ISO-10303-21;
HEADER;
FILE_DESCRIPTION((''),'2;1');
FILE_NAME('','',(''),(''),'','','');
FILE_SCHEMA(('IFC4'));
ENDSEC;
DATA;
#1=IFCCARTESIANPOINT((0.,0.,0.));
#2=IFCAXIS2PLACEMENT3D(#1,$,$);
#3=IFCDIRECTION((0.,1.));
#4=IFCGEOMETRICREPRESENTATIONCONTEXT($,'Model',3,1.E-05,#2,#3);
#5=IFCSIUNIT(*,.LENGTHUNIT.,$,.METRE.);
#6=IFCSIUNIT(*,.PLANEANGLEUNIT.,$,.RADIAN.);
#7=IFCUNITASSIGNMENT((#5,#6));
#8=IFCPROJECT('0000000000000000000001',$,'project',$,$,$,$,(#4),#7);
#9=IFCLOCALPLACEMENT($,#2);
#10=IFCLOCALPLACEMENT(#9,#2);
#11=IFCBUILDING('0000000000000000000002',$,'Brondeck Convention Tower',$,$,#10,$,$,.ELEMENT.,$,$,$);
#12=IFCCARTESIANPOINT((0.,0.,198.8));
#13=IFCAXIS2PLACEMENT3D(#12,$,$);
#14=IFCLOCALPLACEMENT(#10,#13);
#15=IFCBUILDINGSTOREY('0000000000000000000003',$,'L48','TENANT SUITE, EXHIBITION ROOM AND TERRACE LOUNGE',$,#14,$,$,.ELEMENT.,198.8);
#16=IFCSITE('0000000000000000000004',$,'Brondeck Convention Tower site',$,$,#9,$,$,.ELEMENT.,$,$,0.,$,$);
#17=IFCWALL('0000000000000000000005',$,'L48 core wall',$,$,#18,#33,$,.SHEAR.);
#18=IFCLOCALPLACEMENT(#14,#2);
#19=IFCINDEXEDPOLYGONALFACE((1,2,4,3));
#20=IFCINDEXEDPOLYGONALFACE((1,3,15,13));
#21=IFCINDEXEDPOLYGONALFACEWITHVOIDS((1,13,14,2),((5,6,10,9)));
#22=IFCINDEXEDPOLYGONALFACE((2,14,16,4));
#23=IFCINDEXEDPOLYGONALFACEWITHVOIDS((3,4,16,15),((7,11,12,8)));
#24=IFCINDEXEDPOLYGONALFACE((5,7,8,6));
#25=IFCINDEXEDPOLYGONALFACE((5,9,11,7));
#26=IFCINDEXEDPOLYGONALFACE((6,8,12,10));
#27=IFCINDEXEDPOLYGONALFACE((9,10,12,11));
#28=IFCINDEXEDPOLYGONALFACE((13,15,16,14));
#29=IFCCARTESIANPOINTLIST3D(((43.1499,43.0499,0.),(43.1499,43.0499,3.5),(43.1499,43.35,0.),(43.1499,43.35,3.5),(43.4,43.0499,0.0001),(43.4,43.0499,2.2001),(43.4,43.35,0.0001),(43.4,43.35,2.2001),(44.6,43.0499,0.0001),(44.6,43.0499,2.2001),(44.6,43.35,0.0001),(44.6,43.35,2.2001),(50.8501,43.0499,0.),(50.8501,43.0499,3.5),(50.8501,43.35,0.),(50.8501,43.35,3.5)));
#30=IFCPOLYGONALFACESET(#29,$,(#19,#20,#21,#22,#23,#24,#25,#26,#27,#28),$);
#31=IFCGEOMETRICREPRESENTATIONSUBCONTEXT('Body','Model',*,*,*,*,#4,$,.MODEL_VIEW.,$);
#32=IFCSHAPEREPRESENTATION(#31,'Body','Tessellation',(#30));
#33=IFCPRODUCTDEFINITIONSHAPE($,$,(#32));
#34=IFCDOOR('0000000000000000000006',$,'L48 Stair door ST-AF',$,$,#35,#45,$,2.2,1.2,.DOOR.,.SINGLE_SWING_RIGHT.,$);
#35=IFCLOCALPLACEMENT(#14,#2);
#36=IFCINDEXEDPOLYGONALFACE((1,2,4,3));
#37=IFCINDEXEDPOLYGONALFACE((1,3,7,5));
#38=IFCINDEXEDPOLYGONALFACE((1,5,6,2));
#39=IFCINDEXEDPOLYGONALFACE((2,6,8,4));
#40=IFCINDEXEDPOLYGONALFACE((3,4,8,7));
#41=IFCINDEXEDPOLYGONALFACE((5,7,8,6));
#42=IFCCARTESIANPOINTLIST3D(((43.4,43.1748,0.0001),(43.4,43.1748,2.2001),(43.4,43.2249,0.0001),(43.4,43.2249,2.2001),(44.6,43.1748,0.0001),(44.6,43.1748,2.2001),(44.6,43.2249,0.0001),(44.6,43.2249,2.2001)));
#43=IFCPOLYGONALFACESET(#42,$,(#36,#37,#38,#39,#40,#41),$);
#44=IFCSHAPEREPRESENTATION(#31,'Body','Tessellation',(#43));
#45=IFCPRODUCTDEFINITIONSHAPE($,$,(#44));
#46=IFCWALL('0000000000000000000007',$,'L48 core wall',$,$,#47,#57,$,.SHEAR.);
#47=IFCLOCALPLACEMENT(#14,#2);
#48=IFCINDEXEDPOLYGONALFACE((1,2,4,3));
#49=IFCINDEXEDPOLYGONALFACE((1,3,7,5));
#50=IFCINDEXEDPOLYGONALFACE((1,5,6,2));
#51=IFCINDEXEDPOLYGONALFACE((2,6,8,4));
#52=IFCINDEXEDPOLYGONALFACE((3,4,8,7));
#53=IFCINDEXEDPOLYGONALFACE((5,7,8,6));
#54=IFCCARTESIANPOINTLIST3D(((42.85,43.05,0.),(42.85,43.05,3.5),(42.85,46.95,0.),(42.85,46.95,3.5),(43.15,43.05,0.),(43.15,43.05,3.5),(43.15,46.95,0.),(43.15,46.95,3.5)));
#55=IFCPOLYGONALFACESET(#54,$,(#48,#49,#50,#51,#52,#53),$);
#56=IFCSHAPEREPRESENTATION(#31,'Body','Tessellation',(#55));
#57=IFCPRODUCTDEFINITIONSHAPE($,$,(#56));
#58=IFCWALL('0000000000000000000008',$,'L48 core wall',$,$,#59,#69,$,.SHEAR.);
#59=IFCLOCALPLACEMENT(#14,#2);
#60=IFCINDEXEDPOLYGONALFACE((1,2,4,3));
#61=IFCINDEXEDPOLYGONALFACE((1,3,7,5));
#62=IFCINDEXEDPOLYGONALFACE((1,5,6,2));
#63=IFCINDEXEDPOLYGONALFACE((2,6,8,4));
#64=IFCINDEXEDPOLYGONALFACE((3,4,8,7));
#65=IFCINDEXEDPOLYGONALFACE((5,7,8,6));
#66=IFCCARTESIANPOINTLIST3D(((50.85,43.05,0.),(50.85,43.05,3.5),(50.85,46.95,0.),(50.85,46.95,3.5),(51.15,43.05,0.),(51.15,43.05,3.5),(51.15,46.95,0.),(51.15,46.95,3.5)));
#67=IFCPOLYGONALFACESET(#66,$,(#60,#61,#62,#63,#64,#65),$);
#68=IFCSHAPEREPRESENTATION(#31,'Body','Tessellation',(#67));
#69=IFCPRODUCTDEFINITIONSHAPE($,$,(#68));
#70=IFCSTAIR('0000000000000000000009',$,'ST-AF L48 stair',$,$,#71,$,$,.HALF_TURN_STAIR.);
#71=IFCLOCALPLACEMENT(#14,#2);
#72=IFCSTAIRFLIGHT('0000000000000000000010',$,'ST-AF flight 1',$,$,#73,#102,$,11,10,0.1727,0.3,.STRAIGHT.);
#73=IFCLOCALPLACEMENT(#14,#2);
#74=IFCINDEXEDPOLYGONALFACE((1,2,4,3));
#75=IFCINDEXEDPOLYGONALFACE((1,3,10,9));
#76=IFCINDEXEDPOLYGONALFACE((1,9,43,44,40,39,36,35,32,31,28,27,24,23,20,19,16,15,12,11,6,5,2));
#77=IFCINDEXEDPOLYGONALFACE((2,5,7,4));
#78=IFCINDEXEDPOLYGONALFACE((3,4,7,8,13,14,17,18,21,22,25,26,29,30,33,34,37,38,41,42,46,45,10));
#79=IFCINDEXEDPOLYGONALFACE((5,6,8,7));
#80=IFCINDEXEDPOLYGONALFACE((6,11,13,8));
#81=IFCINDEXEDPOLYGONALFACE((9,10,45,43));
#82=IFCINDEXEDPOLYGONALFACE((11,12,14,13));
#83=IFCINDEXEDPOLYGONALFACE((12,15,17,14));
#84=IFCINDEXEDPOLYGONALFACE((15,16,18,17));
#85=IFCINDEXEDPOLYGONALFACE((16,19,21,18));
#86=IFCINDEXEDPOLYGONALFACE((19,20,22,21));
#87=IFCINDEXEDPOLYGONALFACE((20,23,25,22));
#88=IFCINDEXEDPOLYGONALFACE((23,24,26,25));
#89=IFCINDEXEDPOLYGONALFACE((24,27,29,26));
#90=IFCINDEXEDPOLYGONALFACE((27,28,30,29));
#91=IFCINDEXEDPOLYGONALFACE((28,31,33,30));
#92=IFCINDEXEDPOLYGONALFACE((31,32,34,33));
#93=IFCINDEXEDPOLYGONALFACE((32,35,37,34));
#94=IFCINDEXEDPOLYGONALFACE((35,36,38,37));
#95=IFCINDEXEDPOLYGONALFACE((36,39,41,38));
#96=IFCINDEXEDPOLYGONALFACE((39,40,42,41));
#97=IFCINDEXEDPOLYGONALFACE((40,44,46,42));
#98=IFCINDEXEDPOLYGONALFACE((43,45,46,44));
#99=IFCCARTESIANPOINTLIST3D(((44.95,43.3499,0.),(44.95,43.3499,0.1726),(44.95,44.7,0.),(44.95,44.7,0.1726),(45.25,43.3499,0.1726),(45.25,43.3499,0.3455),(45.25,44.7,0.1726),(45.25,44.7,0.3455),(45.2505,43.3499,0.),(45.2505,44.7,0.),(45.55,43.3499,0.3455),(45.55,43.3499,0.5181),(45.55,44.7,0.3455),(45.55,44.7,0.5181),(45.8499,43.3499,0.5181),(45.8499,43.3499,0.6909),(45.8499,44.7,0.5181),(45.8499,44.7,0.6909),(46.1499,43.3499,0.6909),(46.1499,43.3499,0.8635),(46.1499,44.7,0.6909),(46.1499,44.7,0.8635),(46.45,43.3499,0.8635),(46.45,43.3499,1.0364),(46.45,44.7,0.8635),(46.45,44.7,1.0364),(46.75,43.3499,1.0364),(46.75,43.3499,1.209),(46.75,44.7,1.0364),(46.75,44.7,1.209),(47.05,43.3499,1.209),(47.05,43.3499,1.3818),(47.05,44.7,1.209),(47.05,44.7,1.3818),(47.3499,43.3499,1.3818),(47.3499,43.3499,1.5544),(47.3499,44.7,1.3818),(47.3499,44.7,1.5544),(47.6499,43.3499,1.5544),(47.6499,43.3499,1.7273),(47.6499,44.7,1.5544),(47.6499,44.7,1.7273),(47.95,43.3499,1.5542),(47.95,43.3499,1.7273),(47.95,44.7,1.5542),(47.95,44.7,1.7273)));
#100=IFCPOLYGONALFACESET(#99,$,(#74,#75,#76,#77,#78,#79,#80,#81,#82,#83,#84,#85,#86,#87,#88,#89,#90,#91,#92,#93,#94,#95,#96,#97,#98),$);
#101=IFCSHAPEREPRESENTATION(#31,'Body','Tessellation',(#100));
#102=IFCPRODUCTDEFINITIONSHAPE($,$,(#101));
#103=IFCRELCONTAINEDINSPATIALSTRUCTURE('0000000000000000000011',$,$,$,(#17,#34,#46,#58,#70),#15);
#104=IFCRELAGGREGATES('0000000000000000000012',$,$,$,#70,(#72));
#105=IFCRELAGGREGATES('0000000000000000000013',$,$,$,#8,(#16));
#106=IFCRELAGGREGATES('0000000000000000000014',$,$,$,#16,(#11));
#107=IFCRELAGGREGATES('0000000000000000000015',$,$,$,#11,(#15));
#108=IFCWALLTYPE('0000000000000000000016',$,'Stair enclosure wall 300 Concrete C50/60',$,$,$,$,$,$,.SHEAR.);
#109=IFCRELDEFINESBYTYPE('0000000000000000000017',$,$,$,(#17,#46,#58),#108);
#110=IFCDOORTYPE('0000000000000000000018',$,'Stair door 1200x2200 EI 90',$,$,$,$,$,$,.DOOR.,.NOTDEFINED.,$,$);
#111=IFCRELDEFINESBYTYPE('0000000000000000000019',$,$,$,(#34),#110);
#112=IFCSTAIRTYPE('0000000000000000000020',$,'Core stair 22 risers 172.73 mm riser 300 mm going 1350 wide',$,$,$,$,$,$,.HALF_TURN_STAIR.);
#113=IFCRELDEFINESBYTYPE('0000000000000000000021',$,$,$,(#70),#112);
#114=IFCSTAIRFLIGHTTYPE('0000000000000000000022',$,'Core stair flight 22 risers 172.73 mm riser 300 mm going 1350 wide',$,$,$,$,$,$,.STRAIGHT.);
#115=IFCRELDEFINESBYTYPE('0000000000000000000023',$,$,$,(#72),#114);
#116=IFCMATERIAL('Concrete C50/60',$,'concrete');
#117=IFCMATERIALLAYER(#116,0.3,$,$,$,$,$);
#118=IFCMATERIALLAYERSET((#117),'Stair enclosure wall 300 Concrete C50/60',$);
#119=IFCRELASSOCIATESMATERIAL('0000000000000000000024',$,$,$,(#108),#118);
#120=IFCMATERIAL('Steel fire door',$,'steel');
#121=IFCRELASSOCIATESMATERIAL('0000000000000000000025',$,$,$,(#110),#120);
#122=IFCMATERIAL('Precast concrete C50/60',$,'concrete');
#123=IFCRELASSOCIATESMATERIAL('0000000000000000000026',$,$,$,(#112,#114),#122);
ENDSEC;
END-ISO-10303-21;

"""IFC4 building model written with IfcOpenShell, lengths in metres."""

from ifc_helpers import new_model, si_unit, direction, frame, frame_2d, origin, place, context, subcontext, project, spatial, polyline, rectangle, outline, extrude, material, layer, layer_set, type_object, element, fill, aggregate, save


model = new_model("IFC4")

# Units and contexts
model_context = context("Model", 3, precision=1e-05, world=origin(), true_north=direction((0.0, 1.0)))
body_context = subcontext(model_context, "Body", "Model", "MODEL_VIEW")
ifc_project = project(units=[si_unit("LENGTHUNIT", "METRE"), si_unit("PLANEANGLEUNIT", "RADIAN")], contexts=[model_context])

# Site, building, storey
site_placement = place(None, origin())
site = spatial("IfcSite", under=ifc_project, at=site_placement, Name="Brondeck Convention Tower site", CompositionType="ELEMENT", RefElevation=0.0)
building_placement = place(site_placement, origin())
building = spatial("IfcBuilding", under=site, at=building_placement, Name="Brondeck Convention Tower", CompositionType="ELEMENT")
storey_placement = place(building_placement, frame((0.0, 0.0, 198.8)))
storey = spatial("IfcBuildingStorey", under=building, at=storey_placement, Name="L48", Description="TENANT SUITE, EXHIBITION ROOM AND TERRACE LOUNGE", CompositionType="ELEMENT", Elevation=198.8)

# Shared definitions
ifc_material_1 = material(Name="Concrete C50/60", Category="concrete")

# Wall, opening, door
ifc_layer_1 = layer(ifc_material_1, 0.3)
ifc_layer_set_1 = layer_set([ifc_layer_1], Name="Stair enclosure wall 300 Concrete C50/60")
wall_type_1 = type_object("IfcWallType", Name="Stair enclosure wall 300 Concrete C50/60", PredefinedType="SHEAR", material=ifc_layer_set_1)
wall_1_placement = place(storey_placement, frame((43.1499, 43.2, 0.0), z_axis=(0.0, 0.0, 1.0), x_axis=(1.0, 0.0, 0.0)))
wall_1 = element("IfcWall", 1, at=wall_1_placement, inside=storey, type_object=wall_type_1, Name="L48 core wall", PredefinedType="SHEAR", context=body_context, shape_type="SweptSolid", body=[
    extrude(rectangle(XDim=7.7002, YDim=0.3, at=frame_2d((3.8501, 0.0))), origin(), (0.0, 0.0, 1.0), 3.5),
])
opening_1_placement = place(wall_1_placement, frame((0.25, 0.0, 0.0)))
opening_1 = element("IfcOpeningElement", 2, at=opening_1_placement, cuts=wall_1, PredefinedType="OPENING", context=body_context, shape_type="SweptSolid", body=[
    extrude(rectangle(XDim=1.2, YDim=2.2, at=frame_2d((0.6001, 1.1001))), frame((0.0, 0.1599, 0.0), z_axis=(0.0, -1.0, 0.0), x_axis=(1.0, 0.0, 0.0)), (0.0, 0.0, 1.0), 0.3201),
])
ifc_material_2 = material(Name="Steel fire door", Category="steel")
door_type_1 = type_object("IfcDoorType", Name="Stair door 1200x2200 EI 90", OperationType="NOTDEFINED", PredefinedType="DOOR", material=ifc_material_2)
door_1_placement = place(opening_1_placement, origin())
door_1 = element("IfcDoor", 3, at=door_1_placement, inside=storey, type_object=door_type_1, Name="L48 Stair door ST-AF", OperationType="SINGLE_SWING_RIGHT", OverallHeight=2.2, OverallWidth=1.2, PredefinedType="DOOR", context=body_context, shape_type="SweptSolid", body=[
    extrude(rectangle(XDim=1.2, YDim=2.2, at=frame_2d((0.6001, 1.1001))), frame((0.0, 0.0249, 0.0), z_axis=(0.0, -1.0, 0.0), x_axis=(1.0, 0.0, 0.0)), (0.0, 0.0, 1.0), 0.05),
])
fill(opening_1, door_1)

# Walls
for number, where, z_axis, x_axis, name in (
    (4, (43.0, 43.05, 0.0), (0.0, 0.0, 1.0), (0.0, 1.0, 0.0), "L48 core wall"),
    (5, (51.0, 43.05, 0.0), (0.0, 0.0, 1.0), (0.0, 1.0, 0.0), "L48 core wall"),
):
    element("IfcWall", number, at=place(storey_placement, frame(where, z_axis=z_axis, x_axis=x_axis)), inside=storey, type_object=wall_type_1, Name=name, PredefinedType="SHEAR", context=body_context, shape_type="SweptSolid", body=[
        extrude(rectangle(XDim=3.8999, YDim=0.3, at=frame_2d((1.95, 0.0))), origin(), (0.0, 0.0, 1.0), 3.5),
    ])

# Stair, stair flight
ifc_material_3 = material(Name="Precast concrete C50/60", Category="concrete")
stair_type = type_object("IfcStairType", Name="Core stair 22 risers 172.73 mm riser 300 mm going 1350 wide", PredefinedType="HALF_TURN_STAIR", material=ifc_material_3)
stair_placement = place(storey_placement, origin())
stair = element("IfcStair", 6, at=stair_placement, inside=storey, type_object=stair_type, Name="ST-AF L48 stair", PredefinedType="HALF_TURN_STAIR")
stair_flight_type = type_object("IfcStairFlightType", Name="Core stair flight 22 risers 172.73 mm riser 300 mm going 1350 wide", PredefinedType="STRAIGHT", material=ifc_material_3)
stair_flight_placement = place(storey_placement, frame((44.95, 44.0249, 0.0), z_axis=(0.0, 0.0, 1.0), x_axis=(1.0, 0.0, 0.0)))
stair_flight = element("IfcStairFlight", 7, at=stair_flight_placement, type_object=stair_flight_type, Name="ST-AF flight 1", NumberOfRisers=11, NumberOfTreads=10, PredefinedType="STRAIGHT", RiserHeight=0.1727, TreadLength=0.3, context=body_context, shape_type="SweptSolid", body=[
    extrude(outline(polyline([(0.0, 0.0), (0.0, 0.1726), (0.3, 0.1726), (0.3, 0.3455), (0.6001, 0.3455), (0.6001, 0.5181), (0.8999, 0.5181), (0.8999, 0.6909), (1.2, 0.6909), (1.2, 0.8635), (1.5, 0.8635), (1.5, 1.0364), (1.8, 1.0364), (1.8, 1.209), (2.1001, 1.209), (2.1001, 1.3818), (2.3999, 1.3818), (2.3999, 1.5544), (2.7, 1.5544), (2.7, 1.7273), (3.0, 1.7273), (3.0, 1.8999), (3.0, 1.5542), (0.3005, 0.0), (0.0, 0.0)])), frame((0.0, 0.675, 0.0), z_axis=(0.0, -1.0, 0.0), x_axis=(1.0, 0.0, 0.0)), (0.0, 0.0, 1.0), 1.3501),
])
aggregate(stair, [stair_flight])

save(model, "model.ifc")
